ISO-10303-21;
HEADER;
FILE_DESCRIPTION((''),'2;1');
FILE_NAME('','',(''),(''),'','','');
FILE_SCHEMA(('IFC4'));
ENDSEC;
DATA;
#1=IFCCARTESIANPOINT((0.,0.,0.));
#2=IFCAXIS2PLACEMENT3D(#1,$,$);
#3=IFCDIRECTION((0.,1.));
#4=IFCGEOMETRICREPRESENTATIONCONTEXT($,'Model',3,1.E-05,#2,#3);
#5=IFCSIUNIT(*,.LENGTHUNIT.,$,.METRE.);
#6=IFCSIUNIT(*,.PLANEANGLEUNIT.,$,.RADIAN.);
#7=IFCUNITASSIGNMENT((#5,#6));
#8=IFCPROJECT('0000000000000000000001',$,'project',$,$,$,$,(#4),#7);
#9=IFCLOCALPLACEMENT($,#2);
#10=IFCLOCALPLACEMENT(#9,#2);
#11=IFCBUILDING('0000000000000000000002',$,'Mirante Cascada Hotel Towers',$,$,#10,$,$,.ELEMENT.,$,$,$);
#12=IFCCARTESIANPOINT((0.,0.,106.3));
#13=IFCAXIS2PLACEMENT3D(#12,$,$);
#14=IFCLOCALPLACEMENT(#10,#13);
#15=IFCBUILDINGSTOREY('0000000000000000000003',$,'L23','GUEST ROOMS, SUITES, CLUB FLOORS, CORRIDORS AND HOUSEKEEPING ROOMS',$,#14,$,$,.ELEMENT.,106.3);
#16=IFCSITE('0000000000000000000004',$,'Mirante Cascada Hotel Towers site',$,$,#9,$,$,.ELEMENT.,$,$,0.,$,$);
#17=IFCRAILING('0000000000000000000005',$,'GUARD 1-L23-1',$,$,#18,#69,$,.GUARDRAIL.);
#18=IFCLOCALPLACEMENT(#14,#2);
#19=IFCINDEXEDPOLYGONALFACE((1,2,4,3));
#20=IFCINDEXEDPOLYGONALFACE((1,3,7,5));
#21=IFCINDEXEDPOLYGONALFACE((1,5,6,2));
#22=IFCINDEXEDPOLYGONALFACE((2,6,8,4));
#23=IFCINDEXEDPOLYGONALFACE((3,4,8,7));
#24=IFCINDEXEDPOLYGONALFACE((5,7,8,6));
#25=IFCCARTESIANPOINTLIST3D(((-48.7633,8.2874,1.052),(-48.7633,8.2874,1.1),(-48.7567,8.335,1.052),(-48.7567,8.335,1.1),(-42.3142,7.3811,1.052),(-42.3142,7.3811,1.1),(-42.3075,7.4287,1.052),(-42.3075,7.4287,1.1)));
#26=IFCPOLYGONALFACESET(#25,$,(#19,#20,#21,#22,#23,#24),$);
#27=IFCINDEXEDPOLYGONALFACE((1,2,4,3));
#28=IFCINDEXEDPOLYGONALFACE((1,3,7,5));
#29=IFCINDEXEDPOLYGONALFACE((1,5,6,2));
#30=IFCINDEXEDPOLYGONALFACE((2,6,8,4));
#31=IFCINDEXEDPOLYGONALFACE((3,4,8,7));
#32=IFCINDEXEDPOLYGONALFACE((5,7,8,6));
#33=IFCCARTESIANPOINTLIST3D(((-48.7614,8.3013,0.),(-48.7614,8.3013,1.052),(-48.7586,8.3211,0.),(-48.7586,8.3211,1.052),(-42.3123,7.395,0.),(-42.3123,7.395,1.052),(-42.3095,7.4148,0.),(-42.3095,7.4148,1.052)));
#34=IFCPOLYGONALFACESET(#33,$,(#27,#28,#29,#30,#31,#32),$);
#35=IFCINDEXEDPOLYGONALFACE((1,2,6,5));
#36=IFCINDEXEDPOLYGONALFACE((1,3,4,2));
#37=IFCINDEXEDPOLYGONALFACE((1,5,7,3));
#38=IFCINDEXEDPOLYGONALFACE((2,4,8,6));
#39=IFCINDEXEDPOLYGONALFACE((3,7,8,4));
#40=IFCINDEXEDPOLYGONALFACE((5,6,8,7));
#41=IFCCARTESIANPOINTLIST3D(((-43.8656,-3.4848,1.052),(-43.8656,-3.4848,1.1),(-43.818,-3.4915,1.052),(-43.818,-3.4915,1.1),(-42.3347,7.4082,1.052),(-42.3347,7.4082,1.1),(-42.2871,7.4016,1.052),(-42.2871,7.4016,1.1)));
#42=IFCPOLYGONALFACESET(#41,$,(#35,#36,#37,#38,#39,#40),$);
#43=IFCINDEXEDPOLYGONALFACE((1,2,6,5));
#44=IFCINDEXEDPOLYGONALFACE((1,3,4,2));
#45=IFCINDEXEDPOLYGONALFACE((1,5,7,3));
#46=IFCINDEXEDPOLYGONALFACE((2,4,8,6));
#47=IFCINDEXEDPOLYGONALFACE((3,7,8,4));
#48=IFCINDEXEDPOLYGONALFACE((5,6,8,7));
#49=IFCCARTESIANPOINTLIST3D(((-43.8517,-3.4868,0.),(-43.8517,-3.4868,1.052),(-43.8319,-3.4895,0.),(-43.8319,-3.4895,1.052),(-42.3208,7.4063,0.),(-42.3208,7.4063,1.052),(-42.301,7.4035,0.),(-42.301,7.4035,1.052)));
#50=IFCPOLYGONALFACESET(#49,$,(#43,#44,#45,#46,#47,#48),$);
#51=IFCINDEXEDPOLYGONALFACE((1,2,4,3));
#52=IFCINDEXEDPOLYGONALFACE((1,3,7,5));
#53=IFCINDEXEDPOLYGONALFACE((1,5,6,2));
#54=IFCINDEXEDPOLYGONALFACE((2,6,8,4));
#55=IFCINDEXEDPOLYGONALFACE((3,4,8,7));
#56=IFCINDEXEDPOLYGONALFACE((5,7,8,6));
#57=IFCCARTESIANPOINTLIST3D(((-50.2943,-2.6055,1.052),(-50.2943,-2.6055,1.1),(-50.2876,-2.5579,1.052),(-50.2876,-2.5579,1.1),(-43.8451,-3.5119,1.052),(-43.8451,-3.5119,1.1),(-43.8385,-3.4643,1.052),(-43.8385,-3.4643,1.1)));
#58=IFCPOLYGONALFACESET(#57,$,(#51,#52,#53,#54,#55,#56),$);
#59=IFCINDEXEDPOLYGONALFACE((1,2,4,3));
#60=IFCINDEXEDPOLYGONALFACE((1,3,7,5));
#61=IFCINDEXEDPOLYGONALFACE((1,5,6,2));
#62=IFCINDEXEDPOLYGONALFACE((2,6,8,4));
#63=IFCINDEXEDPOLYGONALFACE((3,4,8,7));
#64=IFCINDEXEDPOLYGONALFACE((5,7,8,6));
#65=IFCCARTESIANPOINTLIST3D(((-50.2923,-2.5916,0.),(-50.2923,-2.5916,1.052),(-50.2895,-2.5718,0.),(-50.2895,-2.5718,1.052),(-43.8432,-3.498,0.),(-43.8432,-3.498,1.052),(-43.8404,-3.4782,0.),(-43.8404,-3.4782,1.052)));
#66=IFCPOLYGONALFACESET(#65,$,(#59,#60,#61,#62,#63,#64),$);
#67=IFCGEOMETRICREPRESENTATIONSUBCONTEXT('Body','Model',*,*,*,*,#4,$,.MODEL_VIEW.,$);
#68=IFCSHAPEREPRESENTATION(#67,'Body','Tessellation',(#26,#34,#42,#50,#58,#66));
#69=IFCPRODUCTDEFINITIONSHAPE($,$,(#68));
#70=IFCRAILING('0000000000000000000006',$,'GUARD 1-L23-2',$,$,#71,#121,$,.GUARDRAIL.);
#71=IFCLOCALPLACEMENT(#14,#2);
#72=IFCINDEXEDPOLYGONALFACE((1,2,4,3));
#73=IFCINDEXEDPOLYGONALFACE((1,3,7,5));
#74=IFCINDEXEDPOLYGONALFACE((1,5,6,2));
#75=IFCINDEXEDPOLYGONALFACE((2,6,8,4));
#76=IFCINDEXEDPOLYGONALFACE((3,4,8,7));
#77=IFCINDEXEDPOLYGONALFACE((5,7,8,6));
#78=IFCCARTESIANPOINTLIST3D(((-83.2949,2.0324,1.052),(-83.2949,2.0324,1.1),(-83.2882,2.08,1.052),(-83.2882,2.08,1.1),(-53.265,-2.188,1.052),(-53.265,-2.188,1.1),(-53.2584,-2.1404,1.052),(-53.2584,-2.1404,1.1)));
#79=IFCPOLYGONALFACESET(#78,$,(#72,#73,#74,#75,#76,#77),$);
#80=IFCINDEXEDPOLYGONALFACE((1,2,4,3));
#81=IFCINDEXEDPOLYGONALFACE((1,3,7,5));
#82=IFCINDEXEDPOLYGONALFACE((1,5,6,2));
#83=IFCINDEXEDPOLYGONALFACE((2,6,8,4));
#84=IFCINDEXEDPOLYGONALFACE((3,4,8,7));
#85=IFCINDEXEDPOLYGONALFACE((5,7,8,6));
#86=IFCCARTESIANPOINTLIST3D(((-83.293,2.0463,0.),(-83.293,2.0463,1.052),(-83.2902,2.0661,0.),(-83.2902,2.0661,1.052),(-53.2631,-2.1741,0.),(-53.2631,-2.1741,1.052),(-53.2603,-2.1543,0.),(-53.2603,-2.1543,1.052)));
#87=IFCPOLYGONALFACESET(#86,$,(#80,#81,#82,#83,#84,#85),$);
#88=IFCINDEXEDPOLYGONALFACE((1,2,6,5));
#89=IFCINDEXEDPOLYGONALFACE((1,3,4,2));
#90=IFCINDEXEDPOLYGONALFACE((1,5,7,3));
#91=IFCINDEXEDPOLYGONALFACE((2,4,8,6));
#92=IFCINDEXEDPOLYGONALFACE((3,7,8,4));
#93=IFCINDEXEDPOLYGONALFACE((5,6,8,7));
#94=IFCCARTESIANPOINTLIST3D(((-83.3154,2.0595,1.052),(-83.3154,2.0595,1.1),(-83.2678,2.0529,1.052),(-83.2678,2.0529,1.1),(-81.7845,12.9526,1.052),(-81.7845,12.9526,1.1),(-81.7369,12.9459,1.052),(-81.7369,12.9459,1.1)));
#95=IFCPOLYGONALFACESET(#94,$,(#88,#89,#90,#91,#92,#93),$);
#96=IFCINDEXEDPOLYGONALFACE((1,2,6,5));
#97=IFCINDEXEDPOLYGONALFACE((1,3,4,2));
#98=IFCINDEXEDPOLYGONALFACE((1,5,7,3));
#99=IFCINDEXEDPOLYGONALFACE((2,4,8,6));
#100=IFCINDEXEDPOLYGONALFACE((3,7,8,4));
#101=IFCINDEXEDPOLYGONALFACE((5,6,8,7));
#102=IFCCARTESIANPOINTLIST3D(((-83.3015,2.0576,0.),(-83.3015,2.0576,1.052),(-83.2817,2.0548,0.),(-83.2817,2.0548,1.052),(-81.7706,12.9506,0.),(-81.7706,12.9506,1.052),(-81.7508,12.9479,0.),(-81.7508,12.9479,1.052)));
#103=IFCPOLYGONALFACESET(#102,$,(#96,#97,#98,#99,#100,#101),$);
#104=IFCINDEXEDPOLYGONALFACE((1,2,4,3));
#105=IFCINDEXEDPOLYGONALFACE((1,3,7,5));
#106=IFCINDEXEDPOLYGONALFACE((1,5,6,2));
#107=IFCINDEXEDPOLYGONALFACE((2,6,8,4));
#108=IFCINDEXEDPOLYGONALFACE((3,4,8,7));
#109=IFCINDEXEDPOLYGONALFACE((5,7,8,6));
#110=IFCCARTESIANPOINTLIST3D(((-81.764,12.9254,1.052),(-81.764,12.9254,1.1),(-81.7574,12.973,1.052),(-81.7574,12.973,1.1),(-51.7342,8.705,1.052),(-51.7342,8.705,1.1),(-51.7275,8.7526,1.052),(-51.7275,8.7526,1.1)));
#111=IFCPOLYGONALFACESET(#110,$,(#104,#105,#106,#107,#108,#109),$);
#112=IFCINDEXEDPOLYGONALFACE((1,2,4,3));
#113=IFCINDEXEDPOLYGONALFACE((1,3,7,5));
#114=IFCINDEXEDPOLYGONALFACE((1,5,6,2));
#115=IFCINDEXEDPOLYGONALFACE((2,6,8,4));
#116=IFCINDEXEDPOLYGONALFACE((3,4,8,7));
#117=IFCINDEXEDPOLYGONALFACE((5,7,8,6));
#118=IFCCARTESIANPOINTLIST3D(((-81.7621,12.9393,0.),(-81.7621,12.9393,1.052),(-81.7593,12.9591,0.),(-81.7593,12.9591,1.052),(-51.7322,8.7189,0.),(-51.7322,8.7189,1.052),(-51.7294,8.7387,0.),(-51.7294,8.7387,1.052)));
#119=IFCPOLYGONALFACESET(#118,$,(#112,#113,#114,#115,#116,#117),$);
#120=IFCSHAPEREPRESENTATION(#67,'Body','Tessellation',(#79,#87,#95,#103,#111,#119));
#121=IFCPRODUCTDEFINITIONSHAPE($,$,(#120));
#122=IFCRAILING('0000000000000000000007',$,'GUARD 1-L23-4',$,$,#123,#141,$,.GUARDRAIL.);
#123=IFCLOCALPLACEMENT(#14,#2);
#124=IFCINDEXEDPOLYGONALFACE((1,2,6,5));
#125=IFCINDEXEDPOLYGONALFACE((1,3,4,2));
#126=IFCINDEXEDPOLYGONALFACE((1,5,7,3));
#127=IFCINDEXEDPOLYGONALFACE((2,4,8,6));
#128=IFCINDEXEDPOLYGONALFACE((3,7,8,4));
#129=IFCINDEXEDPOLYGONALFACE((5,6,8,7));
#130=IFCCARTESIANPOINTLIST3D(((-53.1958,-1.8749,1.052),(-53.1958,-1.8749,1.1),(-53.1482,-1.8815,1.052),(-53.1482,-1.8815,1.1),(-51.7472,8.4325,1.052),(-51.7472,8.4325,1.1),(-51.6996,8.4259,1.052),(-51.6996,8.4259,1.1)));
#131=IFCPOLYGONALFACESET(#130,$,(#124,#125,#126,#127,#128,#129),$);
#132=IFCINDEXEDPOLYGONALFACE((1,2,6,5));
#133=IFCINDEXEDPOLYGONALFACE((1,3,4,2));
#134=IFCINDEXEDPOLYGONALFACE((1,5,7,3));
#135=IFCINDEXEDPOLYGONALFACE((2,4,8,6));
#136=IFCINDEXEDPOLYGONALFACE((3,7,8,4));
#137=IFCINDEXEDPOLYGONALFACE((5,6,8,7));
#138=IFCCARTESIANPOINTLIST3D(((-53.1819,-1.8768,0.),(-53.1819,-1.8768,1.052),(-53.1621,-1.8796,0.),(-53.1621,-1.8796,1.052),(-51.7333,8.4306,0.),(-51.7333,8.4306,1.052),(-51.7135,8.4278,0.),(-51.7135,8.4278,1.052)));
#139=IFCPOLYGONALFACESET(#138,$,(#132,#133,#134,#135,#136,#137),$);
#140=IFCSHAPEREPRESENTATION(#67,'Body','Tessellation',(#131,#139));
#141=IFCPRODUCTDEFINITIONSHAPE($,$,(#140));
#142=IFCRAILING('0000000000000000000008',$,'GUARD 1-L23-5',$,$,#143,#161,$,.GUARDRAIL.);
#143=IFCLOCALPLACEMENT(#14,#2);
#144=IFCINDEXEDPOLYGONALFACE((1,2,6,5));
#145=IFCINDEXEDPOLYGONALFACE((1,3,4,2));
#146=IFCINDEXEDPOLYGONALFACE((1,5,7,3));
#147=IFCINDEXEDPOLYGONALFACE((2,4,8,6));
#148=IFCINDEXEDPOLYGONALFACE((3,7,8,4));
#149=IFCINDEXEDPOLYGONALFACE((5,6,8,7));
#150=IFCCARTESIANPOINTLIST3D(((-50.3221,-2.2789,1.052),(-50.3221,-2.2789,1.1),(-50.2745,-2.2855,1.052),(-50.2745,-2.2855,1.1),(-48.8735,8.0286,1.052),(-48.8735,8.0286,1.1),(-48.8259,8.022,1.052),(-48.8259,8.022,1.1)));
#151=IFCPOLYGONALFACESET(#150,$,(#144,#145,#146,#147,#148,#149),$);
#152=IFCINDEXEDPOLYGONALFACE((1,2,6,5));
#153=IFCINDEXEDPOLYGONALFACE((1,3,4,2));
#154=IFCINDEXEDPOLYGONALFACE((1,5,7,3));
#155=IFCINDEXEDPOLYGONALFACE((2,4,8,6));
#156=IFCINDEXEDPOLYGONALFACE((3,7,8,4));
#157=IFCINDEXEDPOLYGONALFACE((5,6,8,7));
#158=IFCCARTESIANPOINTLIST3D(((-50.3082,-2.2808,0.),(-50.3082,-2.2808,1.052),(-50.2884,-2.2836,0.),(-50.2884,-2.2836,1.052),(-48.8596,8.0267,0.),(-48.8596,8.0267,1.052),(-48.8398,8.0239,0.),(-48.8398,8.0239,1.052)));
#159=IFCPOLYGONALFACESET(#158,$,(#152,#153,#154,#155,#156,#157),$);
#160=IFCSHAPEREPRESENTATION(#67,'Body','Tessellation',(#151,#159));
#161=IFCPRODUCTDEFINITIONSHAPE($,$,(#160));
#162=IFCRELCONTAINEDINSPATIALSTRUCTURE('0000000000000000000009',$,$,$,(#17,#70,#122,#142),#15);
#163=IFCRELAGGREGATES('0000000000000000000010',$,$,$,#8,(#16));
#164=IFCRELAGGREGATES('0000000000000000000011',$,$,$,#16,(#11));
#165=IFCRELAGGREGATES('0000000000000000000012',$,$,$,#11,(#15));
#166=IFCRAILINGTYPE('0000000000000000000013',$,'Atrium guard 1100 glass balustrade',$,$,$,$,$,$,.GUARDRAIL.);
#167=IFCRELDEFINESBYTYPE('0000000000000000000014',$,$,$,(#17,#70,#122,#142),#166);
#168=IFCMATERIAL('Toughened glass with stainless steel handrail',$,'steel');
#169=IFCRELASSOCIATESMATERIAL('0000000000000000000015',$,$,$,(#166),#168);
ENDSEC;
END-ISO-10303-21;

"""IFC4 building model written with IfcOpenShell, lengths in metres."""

from ifc_helpers import new_model, si_unit, direction, frame, origin, origin_2d, place, context, subcontext, project, spatial, rectangle, extrude, material, type_object, element, save


model = new_model("IFC4")

# Units and contexts
model_context = context("Model", 3, precision=1e-05, world=origin(), true_north=direction((0.0, 1.0)))
body_context = subcontext(model_context, "Body", "Model", "MODEL_VIEW")
ifc_project = project(units=[si_unit("LENGTHUNIT", "METRE"), si_unit("PLANEANGLEUNIT", "RADIAN")], contexts=[model_context])

# Site, building, storey
site_placement = place(None, origin())
site = spatial("IfcSite", under=ifc_project, at=site_placement, Name="Mirante Cascada Hotel Towers site", CompositionType="ELEMENT", RefElevation=0.0)
building_placement = place(site_placement, origin())
building = spatial("IfcBuilding", under=site, at=building_placement, Name="Mirante Cascada Hotel Towers", CompositionType="ELEMENT")
storey_placement = place(building_placement, frame((0.0, 0.0, 106.3)))
storey = spatial("IfcBuildingStorey", under=building, at=storey_placement, Name="L23", Description="GUEST ROOMS, SUITES, CLUB FLOORS, CORRIDORS AND HOUSEKEEPING ROOMS", CompositionType="ELEMENT", Elevation=106.3)

# Railings
ifc_material_1 = material(Name="Toughened glass with stainless steel handrail", Category="steel")
railing_type = type_object("IfcRailingType", Name="Atrium guard 1100 glass balustrade", PredefinedType="GUARDRAIL", material=ifc_material_1)
railing_1_placement = place(storey_placement, frame((-48.76, 8.3112, 0.0)))
element("IfcRailing", 1, at=railing_1_placement, inside=storey, type_object=railing_type, Name="GUARD 1-L23-1", PredefinedType="GUARDRAIL", context=body_context, shape_type="SweptSolid", body=[
    extrude(rectangle(XDim=0.048, YDim=0.048, at=origin_2d()), frame((0.0, 0.0, 1.076), z_axis=(0.990269, -0.139164, 0.0), x_axis=(0.139164, 0.990269, 0.0)), (0.0, 0.0, 1.0), 6.5125),
    extrude(rectangle(XDim=0.02, YDim=1.052, at=origin_2d()), frame((0.0, 0.0, 0.526), z_axis=(0.990269, -0.139164, 0.0), x_axis=(0.139164, 0.990269, 0.0)), (0.0, 0.0, 1.0), 6.5125),
    extrude(rectangle(XDim=0.048, YDim=0.048, at=origin_2d()), frame((6.4491, -0.9063, 1.076), z_axis=(-0.139172, -0.990268, 0.0), x_axis=(0.990268, -0.139172, 0.0)), (0.0, 0.0, 1.0), 11.0001),
    extrude(rectangle(XDim=0.02, YDim=1.052, at=origin_2d()), frame((6.4491, -0.9063, 0.526), z_axis=(-0.139172, -0.990268, 0.0), x_axis=(0.990268, -0.139172, 0.0)), (0.0, 0.0, 1.0), 11.0001),
    extrude(rectangle(XDim=0.048, YDim=0.048, at=origin_2d()), frame((4.9182, -11.7993, 1.076), z_axis=(-0.990267, 0.139179, 0.0), x_axis=(-0.139179, -0.990267, 0.0)), (0.0, 0.0, 1.0), 6.5125),
    extrude(rectangle(XDim=0.02, YDim=1.052, at=origin_2d()), frame((4.9182, -11.7993, 0.526), z_axis=(-0.990267, 0.139179, 0.0), x_axis=(-0.139179, -0.990267, 0.0)), (0.0, 0.0, 1.0), 6.5125),
])
railing_2_placement = place(storey_placement, frame((-53.2617, -2.1642, 0.0)))
element("IfcRailing", 2, at=railing_2_placement, inside=storey, type_object=railing_type, Name="GUARD 1-L23-2", PredefinedType="GUARDRAIL", context=body_context, shape_type="SweptSolid", body=[
    extrude(rectangle(XDim=0.048, YDim=0.048, at=origin_2d()), frame((0.0, 0.0, 1.076), z_axis=(-0.990268, 0.139172, 0.0), x_axis=(-0.139172, -0.990268, 0.0)), (0.0, 0.0, 1.0), 30.325),
    extrude(rectangle(XDim=0.02, YDim=1.052, at=origin_2d()), frame((0.0, 0.0, 0.526), z_axis=(-0.990268, 0.139172, 0.0), x_axis=(-0.139172, -0.990268, 0.0)), (0.0, 0.0, 1.0), 30.325),
    extrude(rectangle(XDim=0.048, YDim=0.048, at=origin_2d()), frame((-30.0299, 4.2204, 1.076), z_axis=(0.139172, 0.990268, 0.0), x_axis=(-0.990268, 0.139172, 0.0)), (0.0, 0.0, 1.0), 11.0001),
    extrude(rectangle(XDim=0.02, YDim=1.052, at=origin_2d()), frame((-30.0299, 4.2204, 0.526), z_axis=(0.139172, 0.990268, 0.0), x_axis=(-0.990268, 0.139172, 0.0)), (0.0, 0.0, 1.0), 11.0001),
    extrude(rectangle(XDim=0.048, YDim=0.048, at=origin_2d()), frame((-28.499, 15.1134, 1.076), z_axis=(0.990268, -0.139172, 0.0), x_axis=(0.139172, 0.990268, 0.0)), (0.0, 0.0, 1.0), 30.325),
    extrude(rectangle(XDim=0.02, YDim=1.052, at=origin_2d()), frame((-28.499, 15.1134, 0.526), z_axis=(0.990268, -0.139172, 0.0), x_axis=(0.139172, 0.990268, 0.0)), (0.0, 0.0, 1.0), 30.325),
])
railing_3_placement = place(storey_placement, frame((-53.172, -1.8782, 0.0)))
element("IfcRailing", 3, at=railing_3_placement, inside=storey, type_object=railing_type, Name="GUARD 1-L23-4", PredefinedType="GUARDRAIL", context=body_context, shape_type="SweptSolid", body=[
    extrude(rectangle(XDim=0.048, YDim=0.048, at=origin_2d()), frame((0.0, 0.0, 1.076), z_axis=(0.139172, 0.990268, 0.0), x_axis=(-0.990268, 0.139172, 0.0)), (0.0, 0.0, 1.0), 10.4087),
    extrude(rectangle(XDim=0.02, YDim=1.052, at=origin_2d()), frame((0.0, 0.0, 0.526), z_axis=(0.139172, 0.990268, 0.0), x_axis=(-0.990268, 0.139172, 0.0)), (0.0, 0.0, 1.0), 10.4087),
])
railing_4_placement = place(storey_placement, frame((-48.8497, 8.0253, 0.0)))
element("IfcRailing", 4, at=railing_4_placement, inside=storey, type_object=railing_type, Name="GUARD 1-L23-5", PredefinedType="GUARDRAIL", context=body_context, shape_type="SweptSolid", body=[
    extrude(rectangle(XDim=0.048, YDim=0.048, at=origin_2d()), frame((0.0, 0.0, 1.076), z_axis=(-0.139171, -0.990268, 0.0), x_axis=(0.990268, -0.139171, 0.0)), (0.0, 0.0, 1.0), 10.4088),
    extrude(rectangle(XDim=0.02, YDim=1.052, at=origin_2d()), frame((0.0, 0.0, 0.526), z_axis=(-0.139171, -0.990268, 0.0), x_axis=(0.990268, -0.139171, 0.0)), (0.0, 0.0, 1.0), 10.4088),
])

save(model, "model.ifc")
